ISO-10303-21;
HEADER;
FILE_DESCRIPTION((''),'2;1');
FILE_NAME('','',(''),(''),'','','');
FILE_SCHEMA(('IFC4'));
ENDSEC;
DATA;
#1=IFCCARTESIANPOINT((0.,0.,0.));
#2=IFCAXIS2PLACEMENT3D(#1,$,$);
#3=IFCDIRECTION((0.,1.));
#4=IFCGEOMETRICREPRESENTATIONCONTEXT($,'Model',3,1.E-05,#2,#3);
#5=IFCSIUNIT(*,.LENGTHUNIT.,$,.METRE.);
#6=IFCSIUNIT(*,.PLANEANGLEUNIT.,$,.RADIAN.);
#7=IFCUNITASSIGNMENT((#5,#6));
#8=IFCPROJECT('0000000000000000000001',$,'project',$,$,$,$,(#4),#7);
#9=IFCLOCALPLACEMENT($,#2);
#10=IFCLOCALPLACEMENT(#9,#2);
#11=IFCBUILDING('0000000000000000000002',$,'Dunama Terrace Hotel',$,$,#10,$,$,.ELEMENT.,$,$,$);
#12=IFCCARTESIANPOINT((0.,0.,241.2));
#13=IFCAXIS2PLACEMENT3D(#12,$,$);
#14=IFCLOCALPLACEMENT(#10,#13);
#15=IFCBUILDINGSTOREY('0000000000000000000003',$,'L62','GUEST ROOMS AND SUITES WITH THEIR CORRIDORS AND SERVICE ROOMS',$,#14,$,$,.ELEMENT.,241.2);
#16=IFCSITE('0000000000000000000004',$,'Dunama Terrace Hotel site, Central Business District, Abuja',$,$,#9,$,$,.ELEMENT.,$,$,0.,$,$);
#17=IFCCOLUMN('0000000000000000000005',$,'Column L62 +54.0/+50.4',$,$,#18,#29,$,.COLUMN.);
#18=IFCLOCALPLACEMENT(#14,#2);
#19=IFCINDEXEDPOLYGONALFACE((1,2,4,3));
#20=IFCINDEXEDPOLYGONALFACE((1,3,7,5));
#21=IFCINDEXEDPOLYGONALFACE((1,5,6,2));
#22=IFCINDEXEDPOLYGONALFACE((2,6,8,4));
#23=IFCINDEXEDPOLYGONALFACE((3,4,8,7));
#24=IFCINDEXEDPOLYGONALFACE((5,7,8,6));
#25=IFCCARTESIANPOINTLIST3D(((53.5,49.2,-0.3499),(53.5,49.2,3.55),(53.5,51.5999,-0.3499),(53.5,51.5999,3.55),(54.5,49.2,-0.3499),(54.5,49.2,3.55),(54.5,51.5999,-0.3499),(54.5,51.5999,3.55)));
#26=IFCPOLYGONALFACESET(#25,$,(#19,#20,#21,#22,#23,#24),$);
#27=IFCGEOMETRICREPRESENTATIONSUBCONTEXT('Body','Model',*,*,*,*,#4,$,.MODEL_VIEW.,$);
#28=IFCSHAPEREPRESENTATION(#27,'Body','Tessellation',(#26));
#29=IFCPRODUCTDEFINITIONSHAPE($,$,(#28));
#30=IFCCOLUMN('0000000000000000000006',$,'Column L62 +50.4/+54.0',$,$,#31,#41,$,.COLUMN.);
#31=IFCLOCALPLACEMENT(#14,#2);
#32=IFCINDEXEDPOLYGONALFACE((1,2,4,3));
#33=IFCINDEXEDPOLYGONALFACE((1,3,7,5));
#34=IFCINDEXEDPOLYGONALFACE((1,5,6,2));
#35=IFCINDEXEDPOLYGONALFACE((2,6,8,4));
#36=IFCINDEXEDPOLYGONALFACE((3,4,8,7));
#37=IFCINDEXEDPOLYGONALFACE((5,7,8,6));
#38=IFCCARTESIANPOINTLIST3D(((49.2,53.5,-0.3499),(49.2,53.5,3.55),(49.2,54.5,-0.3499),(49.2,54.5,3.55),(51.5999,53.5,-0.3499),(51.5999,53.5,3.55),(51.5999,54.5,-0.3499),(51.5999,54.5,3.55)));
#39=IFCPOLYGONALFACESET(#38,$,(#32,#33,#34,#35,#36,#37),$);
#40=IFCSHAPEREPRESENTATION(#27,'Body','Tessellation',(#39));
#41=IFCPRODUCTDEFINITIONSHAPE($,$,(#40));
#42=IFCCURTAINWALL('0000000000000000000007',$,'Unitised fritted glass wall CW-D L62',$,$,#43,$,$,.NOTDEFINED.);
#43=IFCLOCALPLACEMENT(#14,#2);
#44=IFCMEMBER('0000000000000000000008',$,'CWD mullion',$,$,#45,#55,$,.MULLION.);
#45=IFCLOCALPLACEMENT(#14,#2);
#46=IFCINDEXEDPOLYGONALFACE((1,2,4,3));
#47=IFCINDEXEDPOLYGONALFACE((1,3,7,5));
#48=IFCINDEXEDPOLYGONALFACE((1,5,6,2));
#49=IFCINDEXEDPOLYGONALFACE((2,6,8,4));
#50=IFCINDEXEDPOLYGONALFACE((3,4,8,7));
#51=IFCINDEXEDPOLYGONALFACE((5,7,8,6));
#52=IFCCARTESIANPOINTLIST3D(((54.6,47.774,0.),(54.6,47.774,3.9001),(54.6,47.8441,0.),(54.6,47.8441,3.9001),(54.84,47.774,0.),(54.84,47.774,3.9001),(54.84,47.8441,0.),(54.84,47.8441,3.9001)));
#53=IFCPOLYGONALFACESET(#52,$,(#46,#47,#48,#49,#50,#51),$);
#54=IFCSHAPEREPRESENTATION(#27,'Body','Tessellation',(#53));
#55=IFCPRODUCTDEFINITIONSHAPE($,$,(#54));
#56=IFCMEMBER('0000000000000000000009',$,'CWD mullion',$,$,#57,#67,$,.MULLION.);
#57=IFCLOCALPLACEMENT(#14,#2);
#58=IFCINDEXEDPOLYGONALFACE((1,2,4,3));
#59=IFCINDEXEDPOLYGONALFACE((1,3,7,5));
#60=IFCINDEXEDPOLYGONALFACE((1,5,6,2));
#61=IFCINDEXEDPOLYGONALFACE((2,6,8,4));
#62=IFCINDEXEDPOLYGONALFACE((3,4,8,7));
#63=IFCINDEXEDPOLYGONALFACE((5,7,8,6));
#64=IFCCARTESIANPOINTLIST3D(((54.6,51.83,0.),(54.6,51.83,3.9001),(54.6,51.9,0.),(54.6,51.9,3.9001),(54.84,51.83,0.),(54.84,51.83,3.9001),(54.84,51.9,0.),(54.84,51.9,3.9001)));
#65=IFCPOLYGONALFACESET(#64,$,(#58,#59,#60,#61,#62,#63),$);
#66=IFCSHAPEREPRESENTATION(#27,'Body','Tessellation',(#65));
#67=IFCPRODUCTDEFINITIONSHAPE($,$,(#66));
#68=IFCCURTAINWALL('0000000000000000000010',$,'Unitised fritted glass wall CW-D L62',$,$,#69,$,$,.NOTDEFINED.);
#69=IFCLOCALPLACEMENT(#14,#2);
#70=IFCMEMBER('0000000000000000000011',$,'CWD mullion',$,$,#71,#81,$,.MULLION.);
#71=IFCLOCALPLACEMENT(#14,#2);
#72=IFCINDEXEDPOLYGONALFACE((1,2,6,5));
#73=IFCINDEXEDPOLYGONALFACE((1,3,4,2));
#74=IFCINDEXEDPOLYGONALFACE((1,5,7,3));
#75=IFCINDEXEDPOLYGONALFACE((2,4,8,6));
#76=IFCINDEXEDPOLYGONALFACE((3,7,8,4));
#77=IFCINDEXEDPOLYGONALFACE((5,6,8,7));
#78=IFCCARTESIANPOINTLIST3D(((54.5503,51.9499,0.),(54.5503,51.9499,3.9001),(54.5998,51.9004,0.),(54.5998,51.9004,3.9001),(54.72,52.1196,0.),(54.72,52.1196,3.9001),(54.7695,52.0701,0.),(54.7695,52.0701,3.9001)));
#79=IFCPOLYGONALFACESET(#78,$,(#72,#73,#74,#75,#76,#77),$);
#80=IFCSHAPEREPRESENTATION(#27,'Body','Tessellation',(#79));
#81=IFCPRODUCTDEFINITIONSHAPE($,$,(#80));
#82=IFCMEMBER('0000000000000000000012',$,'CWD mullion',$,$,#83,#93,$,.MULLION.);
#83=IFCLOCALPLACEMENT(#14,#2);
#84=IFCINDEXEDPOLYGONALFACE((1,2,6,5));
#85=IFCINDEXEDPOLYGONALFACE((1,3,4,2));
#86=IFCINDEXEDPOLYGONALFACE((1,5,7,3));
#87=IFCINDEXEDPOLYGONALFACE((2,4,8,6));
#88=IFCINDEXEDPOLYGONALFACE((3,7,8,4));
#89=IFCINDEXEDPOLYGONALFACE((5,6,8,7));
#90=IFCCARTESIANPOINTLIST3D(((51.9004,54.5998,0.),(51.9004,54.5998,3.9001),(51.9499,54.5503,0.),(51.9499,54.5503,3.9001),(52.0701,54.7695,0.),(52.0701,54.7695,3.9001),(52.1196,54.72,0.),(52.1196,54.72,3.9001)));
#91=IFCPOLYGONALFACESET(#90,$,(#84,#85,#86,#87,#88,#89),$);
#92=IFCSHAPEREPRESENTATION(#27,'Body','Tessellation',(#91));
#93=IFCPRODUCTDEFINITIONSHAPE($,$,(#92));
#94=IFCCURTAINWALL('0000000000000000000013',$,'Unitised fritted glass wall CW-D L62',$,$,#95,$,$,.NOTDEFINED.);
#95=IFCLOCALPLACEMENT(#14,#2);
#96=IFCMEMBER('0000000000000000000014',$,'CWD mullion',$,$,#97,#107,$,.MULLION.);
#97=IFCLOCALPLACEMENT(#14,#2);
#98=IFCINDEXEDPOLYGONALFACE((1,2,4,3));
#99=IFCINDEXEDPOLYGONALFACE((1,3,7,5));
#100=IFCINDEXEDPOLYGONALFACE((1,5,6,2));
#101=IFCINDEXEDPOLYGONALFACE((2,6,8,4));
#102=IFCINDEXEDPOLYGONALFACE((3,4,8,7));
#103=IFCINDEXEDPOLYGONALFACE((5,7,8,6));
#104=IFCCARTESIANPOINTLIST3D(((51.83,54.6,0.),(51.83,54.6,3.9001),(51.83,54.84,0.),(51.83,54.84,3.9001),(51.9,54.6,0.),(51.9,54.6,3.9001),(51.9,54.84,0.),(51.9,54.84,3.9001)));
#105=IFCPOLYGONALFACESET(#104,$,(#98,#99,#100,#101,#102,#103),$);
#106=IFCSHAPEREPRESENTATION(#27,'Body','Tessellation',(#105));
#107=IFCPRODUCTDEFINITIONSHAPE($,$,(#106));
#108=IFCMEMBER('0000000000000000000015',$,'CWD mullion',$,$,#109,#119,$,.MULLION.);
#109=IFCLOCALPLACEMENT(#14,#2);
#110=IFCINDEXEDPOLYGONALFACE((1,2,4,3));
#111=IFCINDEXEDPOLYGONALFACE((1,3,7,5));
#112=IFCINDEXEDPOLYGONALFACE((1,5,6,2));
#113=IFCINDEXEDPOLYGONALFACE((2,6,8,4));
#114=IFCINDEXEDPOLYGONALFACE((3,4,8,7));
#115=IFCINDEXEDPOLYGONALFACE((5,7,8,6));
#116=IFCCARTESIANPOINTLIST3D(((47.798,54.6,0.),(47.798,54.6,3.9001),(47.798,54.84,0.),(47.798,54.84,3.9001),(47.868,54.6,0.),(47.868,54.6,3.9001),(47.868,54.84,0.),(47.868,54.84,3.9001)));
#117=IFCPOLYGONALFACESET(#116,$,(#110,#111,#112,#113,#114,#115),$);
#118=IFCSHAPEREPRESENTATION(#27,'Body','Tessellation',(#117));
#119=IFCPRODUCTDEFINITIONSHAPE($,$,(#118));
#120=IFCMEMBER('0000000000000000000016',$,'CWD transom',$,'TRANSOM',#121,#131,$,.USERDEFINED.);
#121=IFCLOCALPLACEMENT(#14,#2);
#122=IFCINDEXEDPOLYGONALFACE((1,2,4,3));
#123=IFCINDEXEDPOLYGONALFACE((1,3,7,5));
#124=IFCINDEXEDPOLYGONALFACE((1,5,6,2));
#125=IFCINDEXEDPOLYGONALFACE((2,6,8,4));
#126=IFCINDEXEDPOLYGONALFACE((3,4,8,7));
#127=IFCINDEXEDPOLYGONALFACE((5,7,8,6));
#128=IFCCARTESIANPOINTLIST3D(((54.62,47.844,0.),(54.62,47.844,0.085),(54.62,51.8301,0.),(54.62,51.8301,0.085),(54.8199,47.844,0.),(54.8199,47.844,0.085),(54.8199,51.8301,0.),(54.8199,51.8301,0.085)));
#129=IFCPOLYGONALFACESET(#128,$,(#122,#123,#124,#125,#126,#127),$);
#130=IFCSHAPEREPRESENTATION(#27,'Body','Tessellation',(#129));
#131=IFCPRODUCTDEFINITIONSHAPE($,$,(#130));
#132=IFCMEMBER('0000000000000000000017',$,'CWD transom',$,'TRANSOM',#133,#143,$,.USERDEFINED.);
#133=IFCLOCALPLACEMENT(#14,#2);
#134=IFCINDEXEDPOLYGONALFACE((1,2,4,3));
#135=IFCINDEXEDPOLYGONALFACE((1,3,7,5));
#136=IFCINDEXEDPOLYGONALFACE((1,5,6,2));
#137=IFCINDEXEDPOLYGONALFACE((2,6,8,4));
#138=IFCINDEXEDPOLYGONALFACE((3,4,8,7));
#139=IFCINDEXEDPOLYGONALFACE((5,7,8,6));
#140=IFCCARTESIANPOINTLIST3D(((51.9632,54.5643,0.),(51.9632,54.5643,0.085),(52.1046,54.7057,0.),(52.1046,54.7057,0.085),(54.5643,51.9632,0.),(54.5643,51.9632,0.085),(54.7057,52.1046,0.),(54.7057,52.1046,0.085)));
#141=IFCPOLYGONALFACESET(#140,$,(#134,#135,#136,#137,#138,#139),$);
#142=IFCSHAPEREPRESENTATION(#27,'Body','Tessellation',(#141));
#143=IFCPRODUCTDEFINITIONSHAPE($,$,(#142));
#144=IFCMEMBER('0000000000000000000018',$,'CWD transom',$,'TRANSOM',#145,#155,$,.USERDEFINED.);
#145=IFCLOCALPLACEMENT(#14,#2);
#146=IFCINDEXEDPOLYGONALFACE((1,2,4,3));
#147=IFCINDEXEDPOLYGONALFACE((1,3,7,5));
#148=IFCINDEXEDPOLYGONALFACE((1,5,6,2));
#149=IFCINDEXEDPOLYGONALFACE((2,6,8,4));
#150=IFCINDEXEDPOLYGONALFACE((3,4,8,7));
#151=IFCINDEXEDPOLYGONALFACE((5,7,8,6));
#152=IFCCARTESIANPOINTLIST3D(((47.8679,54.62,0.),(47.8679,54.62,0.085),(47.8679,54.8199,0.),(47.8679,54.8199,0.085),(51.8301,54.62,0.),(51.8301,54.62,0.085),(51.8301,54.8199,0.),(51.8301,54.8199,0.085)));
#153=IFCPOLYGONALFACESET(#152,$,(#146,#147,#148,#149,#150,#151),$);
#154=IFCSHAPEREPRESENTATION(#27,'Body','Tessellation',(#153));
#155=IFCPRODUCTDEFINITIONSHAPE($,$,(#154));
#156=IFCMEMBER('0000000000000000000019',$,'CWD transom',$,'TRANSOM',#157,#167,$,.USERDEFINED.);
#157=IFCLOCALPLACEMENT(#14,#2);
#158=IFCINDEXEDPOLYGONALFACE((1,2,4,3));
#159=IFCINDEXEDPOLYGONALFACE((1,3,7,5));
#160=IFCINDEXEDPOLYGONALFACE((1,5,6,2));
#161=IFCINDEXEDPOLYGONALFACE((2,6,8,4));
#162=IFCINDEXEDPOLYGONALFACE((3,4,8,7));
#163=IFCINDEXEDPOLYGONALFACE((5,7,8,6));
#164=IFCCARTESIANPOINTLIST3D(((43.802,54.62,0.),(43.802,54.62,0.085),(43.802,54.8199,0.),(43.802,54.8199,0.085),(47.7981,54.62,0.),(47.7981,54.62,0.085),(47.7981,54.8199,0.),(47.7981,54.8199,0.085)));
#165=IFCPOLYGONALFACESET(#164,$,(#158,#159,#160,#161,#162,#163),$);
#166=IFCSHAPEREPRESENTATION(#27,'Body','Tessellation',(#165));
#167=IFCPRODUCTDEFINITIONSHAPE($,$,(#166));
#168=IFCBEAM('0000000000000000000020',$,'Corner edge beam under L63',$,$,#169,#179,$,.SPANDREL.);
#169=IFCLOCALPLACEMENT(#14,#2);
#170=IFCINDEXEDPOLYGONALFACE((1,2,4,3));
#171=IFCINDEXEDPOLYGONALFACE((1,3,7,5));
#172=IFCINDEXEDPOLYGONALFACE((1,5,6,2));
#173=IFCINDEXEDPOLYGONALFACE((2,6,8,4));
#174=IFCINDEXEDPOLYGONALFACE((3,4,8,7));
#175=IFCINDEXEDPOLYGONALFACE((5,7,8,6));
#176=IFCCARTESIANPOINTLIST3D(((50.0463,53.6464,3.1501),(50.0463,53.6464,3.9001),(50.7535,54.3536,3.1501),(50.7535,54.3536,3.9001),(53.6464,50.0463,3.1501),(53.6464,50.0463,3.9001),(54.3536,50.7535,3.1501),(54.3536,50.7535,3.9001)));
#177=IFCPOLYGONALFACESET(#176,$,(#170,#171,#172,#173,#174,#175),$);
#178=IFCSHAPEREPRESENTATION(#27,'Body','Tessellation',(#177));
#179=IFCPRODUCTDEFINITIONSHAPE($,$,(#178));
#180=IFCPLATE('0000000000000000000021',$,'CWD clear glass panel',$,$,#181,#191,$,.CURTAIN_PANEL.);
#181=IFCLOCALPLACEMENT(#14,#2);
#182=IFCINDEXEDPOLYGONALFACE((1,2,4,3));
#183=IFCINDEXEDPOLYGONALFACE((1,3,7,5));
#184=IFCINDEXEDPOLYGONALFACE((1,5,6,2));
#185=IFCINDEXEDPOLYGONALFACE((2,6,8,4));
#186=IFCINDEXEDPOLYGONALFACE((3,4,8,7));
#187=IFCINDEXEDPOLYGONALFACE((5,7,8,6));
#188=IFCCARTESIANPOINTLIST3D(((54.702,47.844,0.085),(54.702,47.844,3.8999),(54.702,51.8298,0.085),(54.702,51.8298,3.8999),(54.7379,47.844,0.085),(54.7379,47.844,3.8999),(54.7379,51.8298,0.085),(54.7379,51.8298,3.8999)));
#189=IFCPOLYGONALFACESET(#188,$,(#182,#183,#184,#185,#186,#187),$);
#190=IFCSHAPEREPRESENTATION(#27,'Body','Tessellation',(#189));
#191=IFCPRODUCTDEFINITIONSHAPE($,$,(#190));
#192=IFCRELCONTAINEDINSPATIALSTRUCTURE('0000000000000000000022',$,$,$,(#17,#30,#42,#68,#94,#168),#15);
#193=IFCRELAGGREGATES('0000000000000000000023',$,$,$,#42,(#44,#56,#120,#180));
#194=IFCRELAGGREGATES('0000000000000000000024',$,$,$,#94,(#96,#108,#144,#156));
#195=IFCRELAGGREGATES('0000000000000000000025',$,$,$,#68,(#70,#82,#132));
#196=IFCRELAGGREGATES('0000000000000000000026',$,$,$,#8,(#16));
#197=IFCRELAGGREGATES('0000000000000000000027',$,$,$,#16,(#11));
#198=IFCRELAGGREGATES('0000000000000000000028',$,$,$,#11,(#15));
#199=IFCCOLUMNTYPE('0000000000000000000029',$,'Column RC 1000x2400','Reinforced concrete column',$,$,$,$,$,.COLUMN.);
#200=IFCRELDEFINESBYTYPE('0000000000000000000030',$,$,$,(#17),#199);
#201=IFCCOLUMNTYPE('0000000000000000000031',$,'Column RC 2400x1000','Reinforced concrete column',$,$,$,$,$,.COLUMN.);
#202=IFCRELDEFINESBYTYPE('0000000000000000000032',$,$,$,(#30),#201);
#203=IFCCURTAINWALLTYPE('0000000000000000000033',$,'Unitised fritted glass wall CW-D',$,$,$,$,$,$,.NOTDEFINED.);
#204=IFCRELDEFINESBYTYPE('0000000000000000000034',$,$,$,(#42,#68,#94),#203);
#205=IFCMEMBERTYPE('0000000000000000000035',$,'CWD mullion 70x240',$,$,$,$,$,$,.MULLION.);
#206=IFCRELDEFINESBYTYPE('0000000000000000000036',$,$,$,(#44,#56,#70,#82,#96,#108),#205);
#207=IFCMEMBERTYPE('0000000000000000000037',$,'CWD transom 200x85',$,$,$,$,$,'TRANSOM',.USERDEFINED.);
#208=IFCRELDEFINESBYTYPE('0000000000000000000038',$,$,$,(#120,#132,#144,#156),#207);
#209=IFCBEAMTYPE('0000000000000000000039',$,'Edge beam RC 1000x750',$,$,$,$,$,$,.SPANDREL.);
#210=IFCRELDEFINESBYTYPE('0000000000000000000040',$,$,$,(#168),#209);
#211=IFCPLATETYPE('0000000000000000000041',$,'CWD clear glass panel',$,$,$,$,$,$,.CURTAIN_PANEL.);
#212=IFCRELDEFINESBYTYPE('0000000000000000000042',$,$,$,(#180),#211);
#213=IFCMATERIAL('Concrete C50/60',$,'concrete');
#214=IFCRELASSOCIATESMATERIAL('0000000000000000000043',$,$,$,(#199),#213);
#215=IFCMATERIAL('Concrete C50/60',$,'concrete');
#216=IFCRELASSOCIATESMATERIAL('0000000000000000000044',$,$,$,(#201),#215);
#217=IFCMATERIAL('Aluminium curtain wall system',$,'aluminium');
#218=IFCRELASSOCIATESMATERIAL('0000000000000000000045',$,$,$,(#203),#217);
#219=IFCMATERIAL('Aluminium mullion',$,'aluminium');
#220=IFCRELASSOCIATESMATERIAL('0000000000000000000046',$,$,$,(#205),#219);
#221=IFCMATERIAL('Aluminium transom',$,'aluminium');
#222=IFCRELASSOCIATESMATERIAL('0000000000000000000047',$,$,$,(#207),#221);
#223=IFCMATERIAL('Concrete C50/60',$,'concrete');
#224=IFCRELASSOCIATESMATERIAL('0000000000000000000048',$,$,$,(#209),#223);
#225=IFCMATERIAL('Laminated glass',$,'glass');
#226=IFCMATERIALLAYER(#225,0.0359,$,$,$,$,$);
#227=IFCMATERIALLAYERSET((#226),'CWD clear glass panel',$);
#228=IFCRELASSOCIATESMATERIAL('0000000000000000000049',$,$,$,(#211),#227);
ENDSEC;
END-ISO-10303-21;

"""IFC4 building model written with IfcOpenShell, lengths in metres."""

from ifc_helpers import new_model, si_unit, direction, frame, origin, origin_2d, place, context, subcontext, project, spatial, rectangle, extrude, material, layer, layer_set, material_profile, profile_set, type_object, element, aggregate, save


model = new_model("IFC4")

# Units and contexts
model_context = context("Model", 3, precision=1e-05, world=origin(), true_north=direction((0.0, 1.0)))
body_context = subcontext(model_context, "Body", "Model", "MODEL_VIEW")
ifc_project = project(units=[si_unit("LENGTHUNIT", "METRE"), si_unit("PLANEANGLEUNIT", "RADIAN")], contexts=[model_context])

# Site, building, storey
site_placement = place(None, origin())
site = spatial("IfcSite", under=ifc_project, at=site_placement, Name="Dunama Terrace Hotel site, Central Business District, Abuja", CompositionType="ELEMENT", RefElevation=0.0)
building_placement = place(site_placement, origin())
building = spatial("IfcBuilding", under=site, at=building_placement, Name="Dunama Terrace Hotel", CompositionType="ELEMENT")
storey_placement = place(building_placement, frame((0.0, 0.0, 241.2)))
storey = spatial("IfcBuildingStorey", under=building, at=storey_placement, Name="L62", Description="GUEST ROOMS AND SUITES WITH THEIR CORRIDORS AND SERVICE ROOMS", CompositionType="ELEMENT", Elevation=241.2)

# Columns
ifc_material_1 = material(Name="Concrete C50/60", Category="concrete")
ifc_material_profile_1 = material_profile(ifc_material_1, rectangle(XDim=1.0, YDim=2.3999, at=origin_2d()), Name="RC 1000x2400")
ifc_profile_set_1 = profile_set([ifc_material_profile_1], Name="Concrete C50/60")
column_type_1 = type_object("IfcColumnType", Name="Column RC 1000x2400", Description="Reinforced concrete column", PredefinedType="COLUMN", material=ifc_profile_set_1)
column_1_placement = place(storey_placement, frame((54.0, 50.3999, -0.3499), z_axis=(0.0, 0.0, 1.0), x_axis=(1.0, 0.0, 0.0)))
element("IfcColumn", 1, at=column_1_placement, inside=storey, type_object=column_type_1, Name="Column L62 +54.0/+50.4", PredefinedType="COLUMN", context=body_context, shape_type="SweptSolid", body=[
    extrude(rectangle(XDim=1.0, YDim=2.3999, at=origin_2d()), origin(), (0.0, 0.0, 1.0), 3.8999),
])
ifc_material_2 = material(Name="Concrete C50/60", Category="concrete")
ifc_material_profile_2 = material_profile(ifc_material_2, rectangle(XDim=2.3999, YDim=1.0, at=origin_2d()), Name="RC 2400x1000")
ifc_profile_set_2 = profile_set([ifc_material_profile_2], Name="Concrete C50/60")
column_type_2 = type_object("IfcColumnType", Name="Column RC 2400x1000", Description="Reinforced concrete column", PredefinedType="COLUMN", material=ifc_profile_set_2)
column_2_placement = place(storey_placement, frame((50.3999, 54.0, -0.3499), z_axis=(0.0, 0.0, 1.0), x_axis=(1.0, 0.0, 0.0)))
element("IfcColumn", 2, at=column_2_placement, inside=storey, type_object=column_type_2, Name="Column L62 +50.4/+54.0", PredefinedType="COLUMN", context=body_context, shape_type="SweptSolid", body=[
    extrude(rectangle(XDim=2.3999, YDim=1.0, at=origin_2d()), origin(), (0.0, 0.0, 1.0), 3.8999),
])

# Curtain walls, members
ifc_material_3 = material(Name="Aluminium curtain wall system", Category="aluminium")
curtain_wall_type = type_object("IfcCurtainWallType", Name="Unitised fritted glass wall CW-D", PredefinedType="NOTDEFINED", material=ifc_material_3)
curtain_wall_1_placement = place(storey_placement, origin())
curtain_wall_1 = element("IfcCurtainWall", 3, at=curtain_wall_1_placement, inside=storey, type_object=curtain_wall_type, Name="Unitised fritted glass wall CW-D L62", PredefinedType="NOTDEFINED")
ifc_material_4 = material(Name="Aluminium mullion", Category="aluminium")
ifc_material_profile_3 = material_profile(ifc_material_4, rectangle(XDim=0.0701, YDim=0.24, at=origin_2d()), Name="CWD MULLION 70X240")
ifc_profile_set_3 = profile_set([ifc_material_profile_3], Name="Aluminium mullion")
member_type_1 = type_object("IfcMemberType", Name="CWD mullion 70x240", PredefinedType="MULLION", material=ifc_profile_set_3)
member_1_placement = place(storey_placement, frame((54.72, 47.8091, 0.0), z_axis=(0.0, 0.0, 1.0), x_axis=(0.0, 1.0, 0.0)))
member_1 = element("IfcMember", 4, at=member_1_placement, type_object=member_type_1, Name="CWD mullion", PredefinedType="MULLION", context=body_context, shape_type="SweptSolid", body=[
    extrude(rectangle(XDim=0.0701, YDim=0.24, at=origin_2d()), origin(), (0.0, 0.0, 1.0), 3.9001),
])
member_2_placement = place(storey_placement, frame((54.72, 51.865, 0.0), z_axis=(0.0, 0.0, 1.0), x_axis=(0.0, 1.0, 0.0)))
member_2 = element("IfcMember", 5, at=member_2_placement, type_object=member_type_1, Name="CWD mullion", PredefinedType="MULLION", context=body_context, shape_type="SweptSolid", body=[
    extrude(rectangle(XDim=0.0701, YDim=0.24, at=origin_2d()), origin(), (0.0, 0.0, 1.0), 3.9001),
])
curtain_wall_2_placement = place(storey_placement, origin())
curtain_wall_2 = element("IfcCurtainWall", 6, at=curtain_wall_2_placement, inside=storey, type_object=curtain_wall_type, Name="Unitised fritted glass wall CW-D L62", PredefinedType="NOTDEFINED")
member_3_placement = place(storey_placement, frame((54.6599, 52.01, 0.0), z_axis=(0.0, 0.0, 1.0), x_axis=(-0.707107, 0.707107, 0.0)))
member_3 = element("IfcMember", 7, at=member_3_placement, type_object=member_type_1, Name="CWD mullion", PredefinedType="MULLION", context=body_context, shape_type="SweptSolid", body=[
    extrude(rectangle(XDim=0.0701, YDim=0.24, at=origin_2d()), origin(), (0.0, 0.0, 1.0), 3.9001),
])
member_4_placement = place(storey_placement, frame((52.01, 54.6599, 0.0), z_axis=(0.0, 0.0, 1.0), x_axis=(-0.707107, 0.707107, 0.0)))
member_4 = element("IfcMember", 8, at=member_4_placement, type_object=member_type_1, Name="CWD mullion", PredefinedType="MULLION", context=body_context, shape_type="SweptSolid", body=[
    extrude(rectangle(XDim=0.0701, YDim=0.24, at=origin_2d()), origin(), (0.0, 0.0, 1.0), 3.9001),
])
curtain_wall_3_placement = place(storey_placement, origin())
curtain_wall_3 = element("IfcCurtainWall", 9, at=curtain_wall_3_placement, inside=storey, type_object=curtain_wall_type, Name="Unitised fritted glass wall CW-D L62", PredefinedType="NOTDEFINED")
member_5_placement = place(storey_placement, frame((51.865, 54.72, 0.0), z_axis=(0.0, 0.0, 1.0), x_axis=(-1.0, 0.0, 0.0)))
member_5 = element("IfcMember", 10, at=member_5_placement, type_object=member_type_1, Name="CWD mullion", PredefinedType="MULLION", context=body_context, shape_type="SweptSolid", body=[
    extrude(rectangle(XDim=0.0701, YDim=0.24, at=origin_2d()), origin(), (0.0, 0.0, 1.0), 3.9001),
])
member_6_placement = place(storey_placement, frame((47.833, 54.72, 0.0), z_axis=(0.0, 0.0, 1.0), x_axis=(-1.0, 0.0, 0.0)))
member_6 = element("IfcMember", 11, at=member_6_placement, type_object=member_type_1, Name="CWD mullion", PredefinedType="MULLION", context=body_context, shape_type="SweptSolid", body=[
    extrude(rectangle(XDim=0.0701, YDim=0.24, at=origin_2d()), origin(), (0.0, 0.0, 1.0), 3.9001),
])

# Members
ifc_material_5 = material(Name="Aluminium transom", Category="aluminium")
ifc_material_profile_4 = material_profile(ifc_material_5, rectangle(XDim=0.2, YDim=0.085, at=origin_2d()), Name="CWD TRANSOM 200X85")
ifc_profile_set_4 = profile_set([ifc_material_profile_4], Name="Aluminium transom")
member_type_2 = type_object("IfcMemberType", Name="CWD transom 200x85", ElementType="TRANSOM", PredefinedType="USERDEFINED", material=ifc_profile_set_4)
member_7_placement = place(storey_placement, frame((54.72, 47.844, 0.0425), z_axis=(0.0, 1.0, 0.0), x_axis=(-1.0, 0.0, 0.0)))
member_7 = element("IfcMember", 12, at=member_7_placement, type_object=member_type_2, Name="CWD transom", ObjectType="TRANSOM", PredefinedType="USERDEFINED", context=body_context, shape_type="SweptSolid", body=[
    extrude(rectangle(XDim=0.2, YDim=0.085, at=origin_2d()), origin(), (0.0, 0.0, 1.0), 3.9861),
])
member_8_placement = place(storey_placement, frame((54.635, 52.0339, 0.0425), z_axis=(-0.707107, 0.707107, 0.0), x_axis=(-0.707107, -0.707107, 0.0)))
member_8 = element("IfcMember", 13, at=member_8_placement, type_object=member_type_2, Name="CWD transom", ObjectType="TRANSOM", PredefinedType="USERDEFINED", context=body_context, shape_type="SweptSolid", body=[
    extrude(rectangle(XDim=0.2, YDim=0.085, at=origin_2d()), origin(), (0.0, 0.0, 1.0), 3.6785),
])
member_9_placement = place(storey_placement, frame((51.8301, 54.72, 0.0425), z_axis=(-1.0, 0.0, 0.0), x_axis=(0.0, -1.0, 0.0)))
member_9 = element("IfcMember", 14, at=member_9_placement, type_object=member_type_2, Name="CWD transom", ObjectType="TRANSOM", PredefinedType="USERDEFINED", context=body_context, shape_type="SweptSolid", body=[
    extrude(rectangle(XDim=0.2, YDim=0.085, at=origin_2d()), origin(), (0.0, 0.0, 1.0), 3.9622),
])
member_10_placement = place(storey_placement, frame((47.7981, 54.72, 0.0425), z_axis=(-1.0, 0.0, 0.0), x_axis=(0.0, -1.0, 0.0)))
member_10 = element("IfcMember", 15, at=member_10_placement, type_object=member_type_2, Name="CWD transom", ObjectType="TRANSOM", PredefinedType="USERDEFINED", context=body_context, shape_type="SweptSolid", body=[
    extrude(rectangle(XDim=0.2, YDim=0.085, at=origin_2d()), origin(), (0.0, 0.0, 1.0), 3.9961),
])

# Beam
ifc_material_6 = material(Name="Concrete C50/60", Category="concrete")
ifc_material_profile_5 = material_profile(ifc_material_6, rectangle(XDim=1.0, YDim=0.75, at=origin_2d()), Name="RC 1000x750")
ifc_profile_set_5 = profile_set([ifc_material_profile_5], Name="Concrete C50/60")
beam_type = type_object("IfcBeamType", Name="Edge beam RC 1000x750", PredefinedType="SPANDREL", material=ifc_profile_set_5)
beam_placement = place(storey_placement, frame((50.3999, 54.0, 3.5251), z_axis=(0.707107, -0.707107, 0.0), x_axis=(0.707107, 0.707107, 0.0)))
element("IfcBeam", 16, at=beam_placement, inside=storey, type_object=beam_type, Name="Corner edge beam under L63", PredefinedType="SPANDREL", context=body_context, shape_type="SweptSolid", body=[
    extrude(rectangle(XDim=1.0, YDim=0.75, at=origin_2d()), origin(), (0.0, 0.0, 1.0), 5.0913),
])

# Plate
ifc_material_7 = material(Name="Laminated glass", Category="glass")
ifc_layer_1 = layer(ifc_material_7, 0.0359)
ifc_layer_set_1 = layer_set([ifc_layer_1], Name="CWD clear glass panel")
plate_type_1 = type_object("IfcPlateType", Name="CWD clear glass panel", PredefinedType="CURTAIN_PANEL", material=ifc_layer_set_1)
plate_1_placement = place(storey_placement, frame((54.72, 49.8369, 0.085), z_axis=(0.0, 0.0, 1.0), x_axis=(0.0, 1.0, 0.0)))
plate_1 = element("IfcPlate", 17, at=plate_1_placement, type_object=plate_type_1, Name="CWD clear glass panel", PredefinedType="CURTAIN_PANEL", context=body_context, shape_type="SweptSolid", body=[
    extrude(rectangle(XDim=3.9858, YDim=0.0359, at=origin_2d()), origin(), (0.0, 0.0, 1.0), 3.8149),
])
aggregate(curtain_wall_1, [member_1, member_2, member_7, plate_1])
aggregate(curtain_wall_3, [member_5, member_6, member_9, member_10])
aggregate(curtain_wall_2, [member_3, member_4, member_8])

save(model, "model.ifc")
